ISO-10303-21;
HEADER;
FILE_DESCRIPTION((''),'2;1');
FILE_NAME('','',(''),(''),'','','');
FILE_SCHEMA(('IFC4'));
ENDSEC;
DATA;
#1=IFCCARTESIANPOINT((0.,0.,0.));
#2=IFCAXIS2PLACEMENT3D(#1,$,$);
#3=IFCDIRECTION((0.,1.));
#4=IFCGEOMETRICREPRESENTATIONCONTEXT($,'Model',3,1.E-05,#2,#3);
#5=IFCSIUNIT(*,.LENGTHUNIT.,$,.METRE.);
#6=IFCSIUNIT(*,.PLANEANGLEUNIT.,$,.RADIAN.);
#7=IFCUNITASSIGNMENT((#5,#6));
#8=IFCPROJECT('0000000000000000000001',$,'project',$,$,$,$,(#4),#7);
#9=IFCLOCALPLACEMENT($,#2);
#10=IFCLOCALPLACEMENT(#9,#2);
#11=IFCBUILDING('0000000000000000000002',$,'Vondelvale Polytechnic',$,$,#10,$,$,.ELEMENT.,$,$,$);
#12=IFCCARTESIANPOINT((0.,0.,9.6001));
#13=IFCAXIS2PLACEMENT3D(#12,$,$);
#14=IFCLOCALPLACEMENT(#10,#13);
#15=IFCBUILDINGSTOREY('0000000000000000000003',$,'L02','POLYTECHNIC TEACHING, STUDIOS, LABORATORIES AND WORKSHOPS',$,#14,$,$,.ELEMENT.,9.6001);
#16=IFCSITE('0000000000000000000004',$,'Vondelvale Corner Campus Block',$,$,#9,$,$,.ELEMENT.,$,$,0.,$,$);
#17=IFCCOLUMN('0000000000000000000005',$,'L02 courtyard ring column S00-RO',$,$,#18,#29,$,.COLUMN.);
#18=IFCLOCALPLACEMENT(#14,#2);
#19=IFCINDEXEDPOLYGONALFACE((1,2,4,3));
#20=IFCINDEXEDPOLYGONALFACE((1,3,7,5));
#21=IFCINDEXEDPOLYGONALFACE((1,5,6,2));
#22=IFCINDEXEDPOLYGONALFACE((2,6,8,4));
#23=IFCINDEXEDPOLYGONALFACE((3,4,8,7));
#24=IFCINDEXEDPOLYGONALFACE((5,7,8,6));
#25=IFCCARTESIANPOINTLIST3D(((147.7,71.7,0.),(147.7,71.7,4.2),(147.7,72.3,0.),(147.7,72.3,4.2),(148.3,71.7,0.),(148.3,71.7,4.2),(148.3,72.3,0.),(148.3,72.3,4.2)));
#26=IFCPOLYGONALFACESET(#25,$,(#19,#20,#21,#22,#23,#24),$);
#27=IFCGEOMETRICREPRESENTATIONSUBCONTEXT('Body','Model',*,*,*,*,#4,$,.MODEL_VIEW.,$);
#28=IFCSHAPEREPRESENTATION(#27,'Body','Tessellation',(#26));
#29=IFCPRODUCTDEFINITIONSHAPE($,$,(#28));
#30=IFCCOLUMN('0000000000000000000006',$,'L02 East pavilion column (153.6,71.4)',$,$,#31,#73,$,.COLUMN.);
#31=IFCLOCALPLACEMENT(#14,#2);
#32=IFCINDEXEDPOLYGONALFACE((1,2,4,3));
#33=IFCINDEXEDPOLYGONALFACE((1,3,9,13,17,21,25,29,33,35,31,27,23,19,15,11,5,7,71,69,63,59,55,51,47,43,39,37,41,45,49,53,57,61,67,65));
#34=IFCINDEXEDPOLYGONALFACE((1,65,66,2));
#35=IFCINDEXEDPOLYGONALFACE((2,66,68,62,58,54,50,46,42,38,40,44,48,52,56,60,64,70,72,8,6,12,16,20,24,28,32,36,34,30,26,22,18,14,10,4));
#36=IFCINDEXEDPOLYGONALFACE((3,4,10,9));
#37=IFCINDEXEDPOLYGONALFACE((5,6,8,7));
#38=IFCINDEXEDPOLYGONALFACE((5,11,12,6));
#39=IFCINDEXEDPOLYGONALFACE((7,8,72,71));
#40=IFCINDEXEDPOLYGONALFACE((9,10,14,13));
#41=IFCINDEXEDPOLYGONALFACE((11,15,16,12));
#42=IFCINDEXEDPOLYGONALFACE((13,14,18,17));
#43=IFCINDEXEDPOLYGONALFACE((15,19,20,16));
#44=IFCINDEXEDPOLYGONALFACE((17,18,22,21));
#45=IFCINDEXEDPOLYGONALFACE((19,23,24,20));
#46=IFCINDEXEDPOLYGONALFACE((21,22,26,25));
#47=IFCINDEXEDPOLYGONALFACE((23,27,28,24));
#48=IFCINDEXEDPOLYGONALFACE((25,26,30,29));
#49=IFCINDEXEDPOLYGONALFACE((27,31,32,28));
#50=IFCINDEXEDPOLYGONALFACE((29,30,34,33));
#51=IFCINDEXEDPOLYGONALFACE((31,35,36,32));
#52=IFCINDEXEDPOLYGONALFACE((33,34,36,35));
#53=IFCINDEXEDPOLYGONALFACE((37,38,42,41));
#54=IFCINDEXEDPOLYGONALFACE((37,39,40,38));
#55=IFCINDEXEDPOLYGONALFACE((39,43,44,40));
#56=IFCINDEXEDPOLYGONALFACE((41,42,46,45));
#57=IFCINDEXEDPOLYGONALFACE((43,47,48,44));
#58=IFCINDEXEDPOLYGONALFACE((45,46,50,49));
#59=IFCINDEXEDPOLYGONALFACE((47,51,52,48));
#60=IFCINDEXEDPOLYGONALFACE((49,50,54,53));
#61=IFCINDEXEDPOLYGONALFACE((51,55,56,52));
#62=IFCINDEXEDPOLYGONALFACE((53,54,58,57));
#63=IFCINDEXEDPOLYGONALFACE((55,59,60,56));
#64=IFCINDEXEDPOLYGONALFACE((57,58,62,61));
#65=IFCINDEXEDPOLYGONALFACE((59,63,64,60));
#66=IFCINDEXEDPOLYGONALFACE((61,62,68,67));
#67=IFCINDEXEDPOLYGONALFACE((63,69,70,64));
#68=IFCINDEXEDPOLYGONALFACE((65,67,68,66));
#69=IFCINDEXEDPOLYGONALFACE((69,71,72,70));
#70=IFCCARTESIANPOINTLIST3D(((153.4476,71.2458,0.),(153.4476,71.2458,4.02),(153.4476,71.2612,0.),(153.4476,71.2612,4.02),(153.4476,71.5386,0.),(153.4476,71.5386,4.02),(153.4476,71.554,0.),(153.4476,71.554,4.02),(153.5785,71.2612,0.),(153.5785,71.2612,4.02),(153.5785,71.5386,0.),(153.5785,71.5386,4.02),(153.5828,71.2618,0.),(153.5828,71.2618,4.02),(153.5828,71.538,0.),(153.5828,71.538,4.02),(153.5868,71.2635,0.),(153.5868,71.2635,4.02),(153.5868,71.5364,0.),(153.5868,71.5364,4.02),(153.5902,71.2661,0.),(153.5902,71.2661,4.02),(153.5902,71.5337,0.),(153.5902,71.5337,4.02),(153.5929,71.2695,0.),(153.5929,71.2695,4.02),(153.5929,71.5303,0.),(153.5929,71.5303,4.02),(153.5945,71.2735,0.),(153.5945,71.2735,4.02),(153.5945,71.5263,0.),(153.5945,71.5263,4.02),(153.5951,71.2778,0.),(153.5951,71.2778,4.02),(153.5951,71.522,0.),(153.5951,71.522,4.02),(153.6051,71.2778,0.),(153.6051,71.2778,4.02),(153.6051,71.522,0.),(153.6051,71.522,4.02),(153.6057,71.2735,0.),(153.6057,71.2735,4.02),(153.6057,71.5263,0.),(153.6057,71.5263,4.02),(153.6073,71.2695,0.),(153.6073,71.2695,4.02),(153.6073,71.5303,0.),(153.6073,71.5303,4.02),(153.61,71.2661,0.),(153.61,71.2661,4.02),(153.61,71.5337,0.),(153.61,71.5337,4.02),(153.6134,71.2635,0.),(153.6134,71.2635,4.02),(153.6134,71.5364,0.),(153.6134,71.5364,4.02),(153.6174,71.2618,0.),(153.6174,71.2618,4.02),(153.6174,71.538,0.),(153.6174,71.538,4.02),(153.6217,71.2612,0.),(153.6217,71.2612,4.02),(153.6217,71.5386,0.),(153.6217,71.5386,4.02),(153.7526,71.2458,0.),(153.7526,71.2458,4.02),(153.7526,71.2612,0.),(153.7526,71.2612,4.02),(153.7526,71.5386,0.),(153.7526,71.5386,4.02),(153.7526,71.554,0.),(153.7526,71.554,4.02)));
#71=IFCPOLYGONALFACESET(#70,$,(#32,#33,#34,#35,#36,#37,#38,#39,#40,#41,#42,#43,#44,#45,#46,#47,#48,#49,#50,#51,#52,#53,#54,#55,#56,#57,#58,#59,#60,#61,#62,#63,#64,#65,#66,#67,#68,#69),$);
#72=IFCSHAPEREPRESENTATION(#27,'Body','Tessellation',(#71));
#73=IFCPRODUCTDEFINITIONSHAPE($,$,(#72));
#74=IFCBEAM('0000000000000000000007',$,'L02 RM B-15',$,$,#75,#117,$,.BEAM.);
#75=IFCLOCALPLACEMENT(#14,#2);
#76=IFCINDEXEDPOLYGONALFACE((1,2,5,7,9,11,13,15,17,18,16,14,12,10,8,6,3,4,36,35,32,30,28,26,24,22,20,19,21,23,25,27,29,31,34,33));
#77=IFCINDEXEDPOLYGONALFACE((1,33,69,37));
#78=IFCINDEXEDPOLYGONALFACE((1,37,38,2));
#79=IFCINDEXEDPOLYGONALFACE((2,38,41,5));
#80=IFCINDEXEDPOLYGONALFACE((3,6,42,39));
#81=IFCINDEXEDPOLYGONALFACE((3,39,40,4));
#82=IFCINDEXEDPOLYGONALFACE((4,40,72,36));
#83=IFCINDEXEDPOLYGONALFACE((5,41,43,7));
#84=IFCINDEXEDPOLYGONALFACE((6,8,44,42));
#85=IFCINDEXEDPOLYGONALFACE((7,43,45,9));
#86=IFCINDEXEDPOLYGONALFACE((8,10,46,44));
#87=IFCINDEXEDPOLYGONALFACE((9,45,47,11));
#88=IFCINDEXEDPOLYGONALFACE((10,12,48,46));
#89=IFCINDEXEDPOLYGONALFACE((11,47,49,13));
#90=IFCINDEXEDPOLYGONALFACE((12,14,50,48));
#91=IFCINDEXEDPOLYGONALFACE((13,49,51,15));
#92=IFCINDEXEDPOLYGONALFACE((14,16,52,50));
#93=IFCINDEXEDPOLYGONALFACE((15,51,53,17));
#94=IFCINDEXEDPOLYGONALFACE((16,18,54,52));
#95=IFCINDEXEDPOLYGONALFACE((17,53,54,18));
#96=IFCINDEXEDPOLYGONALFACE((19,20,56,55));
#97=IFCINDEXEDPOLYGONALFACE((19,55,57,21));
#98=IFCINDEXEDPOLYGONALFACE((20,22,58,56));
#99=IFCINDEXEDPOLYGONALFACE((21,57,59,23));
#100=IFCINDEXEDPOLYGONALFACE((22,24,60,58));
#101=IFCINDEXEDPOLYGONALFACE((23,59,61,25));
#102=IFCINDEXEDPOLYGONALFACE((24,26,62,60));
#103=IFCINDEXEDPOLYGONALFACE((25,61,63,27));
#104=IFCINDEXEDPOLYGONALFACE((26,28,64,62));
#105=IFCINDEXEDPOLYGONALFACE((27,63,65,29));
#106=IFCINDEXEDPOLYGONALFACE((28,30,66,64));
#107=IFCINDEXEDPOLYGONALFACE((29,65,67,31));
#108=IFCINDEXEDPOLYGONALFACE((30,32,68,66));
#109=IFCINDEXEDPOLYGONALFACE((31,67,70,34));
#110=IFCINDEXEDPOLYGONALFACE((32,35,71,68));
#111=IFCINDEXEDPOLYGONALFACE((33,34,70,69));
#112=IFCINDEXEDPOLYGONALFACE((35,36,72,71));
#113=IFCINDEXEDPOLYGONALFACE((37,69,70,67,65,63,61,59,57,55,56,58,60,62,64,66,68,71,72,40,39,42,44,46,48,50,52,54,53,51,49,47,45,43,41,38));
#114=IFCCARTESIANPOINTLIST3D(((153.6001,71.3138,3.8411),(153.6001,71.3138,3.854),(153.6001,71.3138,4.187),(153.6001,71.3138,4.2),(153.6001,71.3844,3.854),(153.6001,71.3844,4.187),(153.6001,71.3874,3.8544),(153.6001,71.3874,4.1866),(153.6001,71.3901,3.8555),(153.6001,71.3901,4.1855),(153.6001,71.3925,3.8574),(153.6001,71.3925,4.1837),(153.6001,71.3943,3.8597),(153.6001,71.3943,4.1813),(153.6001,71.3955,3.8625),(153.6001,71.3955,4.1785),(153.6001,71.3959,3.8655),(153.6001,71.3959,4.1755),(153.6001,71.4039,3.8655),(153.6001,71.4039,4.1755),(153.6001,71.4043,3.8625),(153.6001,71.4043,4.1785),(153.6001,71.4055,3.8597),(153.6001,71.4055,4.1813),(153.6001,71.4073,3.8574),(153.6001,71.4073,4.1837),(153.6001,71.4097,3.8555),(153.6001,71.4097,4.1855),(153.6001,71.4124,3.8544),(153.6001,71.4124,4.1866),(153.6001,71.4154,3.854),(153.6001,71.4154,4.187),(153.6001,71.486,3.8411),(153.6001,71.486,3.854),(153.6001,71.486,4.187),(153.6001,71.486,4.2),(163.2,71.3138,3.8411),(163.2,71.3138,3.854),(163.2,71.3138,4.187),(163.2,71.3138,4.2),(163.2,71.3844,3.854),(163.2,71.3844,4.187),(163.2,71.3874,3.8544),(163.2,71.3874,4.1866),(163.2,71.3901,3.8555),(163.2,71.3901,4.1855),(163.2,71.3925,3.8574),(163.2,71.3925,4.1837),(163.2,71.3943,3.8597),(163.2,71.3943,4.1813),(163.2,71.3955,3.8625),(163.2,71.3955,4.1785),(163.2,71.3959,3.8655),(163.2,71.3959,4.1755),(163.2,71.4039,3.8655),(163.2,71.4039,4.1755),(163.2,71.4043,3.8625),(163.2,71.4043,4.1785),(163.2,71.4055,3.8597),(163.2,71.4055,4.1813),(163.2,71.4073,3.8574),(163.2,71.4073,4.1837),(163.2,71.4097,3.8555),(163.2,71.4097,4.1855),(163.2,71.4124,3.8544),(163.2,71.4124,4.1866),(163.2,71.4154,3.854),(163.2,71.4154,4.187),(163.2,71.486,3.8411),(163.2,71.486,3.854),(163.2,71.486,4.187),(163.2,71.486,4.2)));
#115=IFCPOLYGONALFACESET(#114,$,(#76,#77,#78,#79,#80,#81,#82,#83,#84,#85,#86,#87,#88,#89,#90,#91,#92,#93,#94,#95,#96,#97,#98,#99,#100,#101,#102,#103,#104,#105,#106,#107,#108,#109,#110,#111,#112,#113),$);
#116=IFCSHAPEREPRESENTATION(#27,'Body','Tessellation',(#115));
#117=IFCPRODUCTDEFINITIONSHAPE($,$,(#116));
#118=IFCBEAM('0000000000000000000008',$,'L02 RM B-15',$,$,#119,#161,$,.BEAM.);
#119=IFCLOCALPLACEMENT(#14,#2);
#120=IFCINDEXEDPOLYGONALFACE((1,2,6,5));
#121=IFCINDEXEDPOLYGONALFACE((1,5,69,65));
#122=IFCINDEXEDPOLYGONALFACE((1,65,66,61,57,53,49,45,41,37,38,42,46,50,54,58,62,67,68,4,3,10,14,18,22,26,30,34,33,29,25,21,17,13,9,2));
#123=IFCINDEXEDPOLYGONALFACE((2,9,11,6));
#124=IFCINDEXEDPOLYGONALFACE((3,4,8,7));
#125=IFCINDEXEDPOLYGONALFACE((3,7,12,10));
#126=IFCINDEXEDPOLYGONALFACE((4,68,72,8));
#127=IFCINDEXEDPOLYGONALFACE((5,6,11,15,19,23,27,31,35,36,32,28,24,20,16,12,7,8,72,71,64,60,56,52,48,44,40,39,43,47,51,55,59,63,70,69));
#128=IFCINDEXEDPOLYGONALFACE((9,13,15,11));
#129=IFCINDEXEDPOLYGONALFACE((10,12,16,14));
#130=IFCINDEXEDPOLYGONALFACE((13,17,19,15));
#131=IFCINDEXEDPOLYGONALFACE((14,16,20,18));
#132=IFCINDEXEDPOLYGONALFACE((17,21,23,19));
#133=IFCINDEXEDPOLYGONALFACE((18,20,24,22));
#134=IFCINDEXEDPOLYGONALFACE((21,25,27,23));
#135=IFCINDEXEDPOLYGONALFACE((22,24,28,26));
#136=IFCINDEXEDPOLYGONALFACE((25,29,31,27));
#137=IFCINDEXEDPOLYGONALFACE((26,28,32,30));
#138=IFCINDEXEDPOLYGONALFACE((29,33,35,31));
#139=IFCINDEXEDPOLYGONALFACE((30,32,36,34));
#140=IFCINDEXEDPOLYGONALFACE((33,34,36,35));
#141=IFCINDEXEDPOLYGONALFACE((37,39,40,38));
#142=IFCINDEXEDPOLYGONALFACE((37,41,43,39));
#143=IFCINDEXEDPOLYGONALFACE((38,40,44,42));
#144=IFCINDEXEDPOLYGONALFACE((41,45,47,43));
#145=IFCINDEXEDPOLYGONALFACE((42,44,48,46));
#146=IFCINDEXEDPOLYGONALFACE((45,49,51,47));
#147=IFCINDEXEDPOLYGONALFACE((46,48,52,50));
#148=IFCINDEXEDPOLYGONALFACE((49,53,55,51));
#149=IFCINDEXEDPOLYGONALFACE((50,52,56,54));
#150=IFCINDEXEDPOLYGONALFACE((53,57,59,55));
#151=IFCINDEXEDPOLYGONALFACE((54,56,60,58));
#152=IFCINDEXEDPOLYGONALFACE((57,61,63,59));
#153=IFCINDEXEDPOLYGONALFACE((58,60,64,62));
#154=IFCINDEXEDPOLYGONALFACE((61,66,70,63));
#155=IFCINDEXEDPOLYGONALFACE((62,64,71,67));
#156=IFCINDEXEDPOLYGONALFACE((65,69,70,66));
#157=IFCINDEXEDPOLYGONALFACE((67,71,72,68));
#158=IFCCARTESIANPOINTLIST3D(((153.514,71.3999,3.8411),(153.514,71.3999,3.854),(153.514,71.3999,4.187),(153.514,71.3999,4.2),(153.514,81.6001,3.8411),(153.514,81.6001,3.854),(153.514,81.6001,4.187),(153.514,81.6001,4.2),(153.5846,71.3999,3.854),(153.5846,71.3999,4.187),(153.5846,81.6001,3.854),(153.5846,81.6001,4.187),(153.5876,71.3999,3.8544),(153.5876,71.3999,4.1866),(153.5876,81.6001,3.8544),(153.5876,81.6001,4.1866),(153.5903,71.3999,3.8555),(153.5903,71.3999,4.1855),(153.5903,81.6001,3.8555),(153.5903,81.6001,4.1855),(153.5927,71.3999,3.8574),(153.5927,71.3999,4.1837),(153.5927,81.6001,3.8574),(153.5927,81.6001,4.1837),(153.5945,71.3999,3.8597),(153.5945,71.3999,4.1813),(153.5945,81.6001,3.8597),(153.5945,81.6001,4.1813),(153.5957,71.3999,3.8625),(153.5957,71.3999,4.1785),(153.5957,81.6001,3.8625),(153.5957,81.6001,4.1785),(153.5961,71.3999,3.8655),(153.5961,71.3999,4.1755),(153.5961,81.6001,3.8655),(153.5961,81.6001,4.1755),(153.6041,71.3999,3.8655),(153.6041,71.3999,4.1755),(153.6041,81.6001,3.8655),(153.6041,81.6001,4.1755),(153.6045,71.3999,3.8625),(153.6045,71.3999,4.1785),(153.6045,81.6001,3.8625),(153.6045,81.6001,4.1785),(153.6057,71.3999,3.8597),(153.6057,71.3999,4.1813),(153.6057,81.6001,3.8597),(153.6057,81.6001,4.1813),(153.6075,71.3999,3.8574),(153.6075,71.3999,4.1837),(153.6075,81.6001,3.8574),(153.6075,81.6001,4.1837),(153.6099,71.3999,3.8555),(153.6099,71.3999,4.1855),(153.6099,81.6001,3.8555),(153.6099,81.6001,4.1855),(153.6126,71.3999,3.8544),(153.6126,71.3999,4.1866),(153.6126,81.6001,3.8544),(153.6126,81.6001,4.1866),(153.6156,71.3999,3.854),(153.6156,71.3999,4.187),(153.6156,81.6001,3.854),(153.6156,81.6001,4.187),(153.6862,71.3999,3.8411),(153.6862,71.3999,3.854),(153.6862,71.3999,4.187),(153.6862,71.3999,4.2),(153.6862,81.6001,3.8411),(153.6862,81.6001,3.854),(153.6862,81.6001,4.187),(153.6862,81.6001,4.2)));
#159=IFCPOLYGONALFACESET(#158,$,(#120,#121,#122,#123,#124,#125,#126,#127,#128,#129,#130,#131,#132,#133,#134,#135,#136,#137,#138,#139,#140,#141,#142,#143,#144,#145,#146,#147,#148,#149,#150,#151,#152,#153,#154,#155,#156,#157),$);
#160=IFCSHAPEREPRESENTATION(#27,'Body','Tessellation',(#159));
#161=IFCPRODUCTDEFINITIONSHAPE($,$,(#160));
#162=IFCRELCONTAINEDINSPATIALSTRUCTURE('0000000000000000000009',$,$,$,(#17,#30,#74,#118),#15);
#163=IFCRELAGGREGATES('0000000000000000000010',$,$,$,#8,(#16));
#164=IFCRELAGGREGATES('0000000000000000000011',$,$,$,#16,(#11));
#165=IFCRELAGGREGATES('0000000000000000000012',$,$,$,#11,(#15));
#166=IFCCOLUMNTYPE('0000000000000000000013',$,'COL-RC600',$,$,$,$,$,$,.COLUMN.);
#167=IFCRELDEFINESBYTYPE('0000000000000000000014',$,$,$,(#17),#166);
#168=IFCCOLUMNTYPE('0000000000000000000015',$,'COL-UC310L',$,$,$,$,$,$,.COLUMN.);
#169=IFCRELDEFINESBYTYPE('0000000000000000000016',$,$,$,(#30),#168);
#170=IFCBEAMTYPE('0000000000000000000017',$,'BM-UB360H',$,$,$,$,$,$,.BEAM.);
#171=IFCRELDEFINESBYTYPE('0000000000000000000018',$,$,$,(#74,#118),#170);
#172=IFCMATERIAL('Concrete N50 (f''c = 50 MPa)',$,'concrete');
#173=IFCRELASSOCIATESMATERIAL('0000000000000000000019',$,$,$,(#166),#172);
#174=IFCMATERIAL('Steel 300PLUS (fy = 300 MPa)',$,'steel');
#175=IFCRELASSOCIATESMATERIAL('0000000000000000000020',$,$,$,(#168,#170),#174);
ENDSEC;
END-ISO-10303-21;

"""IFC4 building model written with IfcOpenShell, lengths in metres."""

from ifc_helpers import new_model, si_unit, direction, frame, origin, origin_2d, place, context, subcontext, project, spatial, rectangle, i_section, extrude, material, material_profile, profile_set, type_object, element, save


model = new_model("IFC4")

# Units and contexts
model_context = context("Model", 3, precision=1e-05, world=origin(), true_north=direction((0.0, 1.0)))
body_context = subcontext(model_context, "Body", "Model", "MODEL_VIEW")
ifc_project = project(units=[si_unit("LENGTHUNIT", "METRE"), si_unit("PLANEANGLEUNIT", "RADIAN")], contexts=[model_context])

# Site, building, storey
site_placement = place(None, origin())
site = spatial("IfcSite", under=ifc_project, at=site_placement, Name="Vondelvale Corner Campus Block", CompositionType="ELEMENT", RefElevation=0.0)
building_placement = place(site_placement, origin())
building = spatial("IfcBuilding", under=site, at=building_placement, Name="Vondelvale Polytechnic", CompositionType="ELEMENT")
storey_placement = place(building_placement, frame((0.0, 0.0, 9.6001)))
storey = spatial("IfcBuildingStorey", under=building, at=storey_placement, Name="L02", Description="POLYTECHNIC TEACHING, STUDIOS, LABORATORIES AND WORKSHOPS", CompositionType="ELEMENT", Elevation=9.6001)

# Columns
ifc_material_1 = material(Name="Concrete N50 (f'c = 50 MPa)", Category="concrete")
ifc_material_profile_1 = material_profile(ifc_material_1, rectangle(XDim=0.6001, YDim=0.6001, at=origin_2d()), Name="RC-COL-600x600")
ifc_profile_set_1 = profile_set([ifc_material_profile_1], Name="Concrete N50 (f'c = 50 MPa)")
column_type_1 = type_object("IfcColumnType", Name="COL-RC600", PredefinedType="COLUMN", material=ifc_profile_set_1)
column_1_placement = place(storey_placement, frame((148.0, 72.0, 0.0), z_axis=(0.0, 0.0, 1.0), x_axis=(1.0, 0.0, 0.0)))
element("IfcColumn", 1, at=column_1_placement, inside=storey, type_object=column_type_1, Name="L02 courtyard ring column S00-RO", PredefinedType="COLUMN", context=body_context, shape_type="SweptSolid", body=[
    extrude(rectangle(XDim=0.6001, YDim=0.6001, at=origin_2d()), origin(), (0.0, 0.0, 1.0), 4.2),
])
ifc_material_2 = material(Name="Steel 300PLUS (fy = 300 MPa)", Category="steel")
ifc_material_profile_2 = material_profile(ifc_material_2, i_section(OverallWidth=0.3049, OverallDepth=0.3081, WebThickness=0.01, FlangeThickness=0.0154, FilletRadius=0.0166, at=origin_2d()), Name="310UC96.8")
ifc_profile_set_2 = profile_set([ifc_material_profile_2], Name="Steel 300PLUS (fy = 300 MPa)")
column_type_2 = type_object("IfcColumnType", Name="COL-UC310L", PredefinedType="COLUMN", material=ifc_profile_set_2)
column_2_placement = place(storey_placement, frame((153.6001, 71.3999, 0.0), z_axis=(0.0, 0.0, 1.0), x_axis=(1.0, 0.0, 0.0)))
element("IfcColumn", 2, at=column_2_placement, inside=storey, type_object=column_type_2, Name="L02 East pavilion column (153.6,71.4)", PredefinedType="COLUMN", context=body_context, shape_type="SweptSolid", body=[
    extrude(i_section(OverallWidth=0.3049, OverallDepth=0.3081, WebThickness=0.01, FlangeThickness=0.0154, FilletRadius=0.0166, at=origin_2d()), origin(), (0.0, 0.0, 1.0), 4.02),
])

# Beams
ifc_material_profile_3 = material_profile(ifc_material_2, i_section(OverallWidth=0.1721, OverallDepth=0.3589, WebThickness=0.0081, FlangeThickness=0.0129, FilletRadius=0.0115, at=origin_2d()), Name="360UB56.7")
ifc_profile_set_3 = profile_set([ifc_material_profile_3], Name="Steel 300PLUS (fy = 300 MPa)")
beam_type_1 = type_object("IfcBeamType", Name="BM-UB360H", PredefinedType="BEAM", material=ifc_profile_set_3)
beam_1_placement = place(storey_placement, frame((153.6001, 71.3999, 4.0205), z_axis=(1.0, 0.0, 0.0), x_axis=(0.0, 1.0, 0.0)))
element("IfcBeam", 3, at=beam_1_placement, inside=storey, type_object=beam_type_1, Name="L02 RM B-15", PredefinedType="BEAM", context=body_context, shape_type="SweptSolid", body=[
    extrude(i_section(OverallWidth=0.1721, OverallDepth=0.3589, WebThickness=0.0081, FlangeThickness=0.0129, FilletRadius=0.0115, at=origin_2d()), origin(), (0.0, 0.0, 1.0), 9.5999),
])
beam_2_placement = place(storey_placement, frame((153.6001, 71.3999, 4.0205), z_axis=(0.0, 1.0, 0.0), x_axis=(-1.0, 0.0, 0.0)))
element("IfcBeam", 4, at=beam_2_placement, inside=storey, type_object=beam_type_1, Name="L02 RM B-15", PredefinedType="BEAM", context=body_context, shape_type="SweptSolid", body=[
    extrude(i_section(OverallWidth=0.1721, OverallDepth=0.3589, WebThickness=0.0081, FlangeThickness=0.0129, FilletRadius=0.0115, at=origin_2d()), origin(), (0.0, 0.0, 1.0), 10.2002),
])

save(model, "model.ifc")
